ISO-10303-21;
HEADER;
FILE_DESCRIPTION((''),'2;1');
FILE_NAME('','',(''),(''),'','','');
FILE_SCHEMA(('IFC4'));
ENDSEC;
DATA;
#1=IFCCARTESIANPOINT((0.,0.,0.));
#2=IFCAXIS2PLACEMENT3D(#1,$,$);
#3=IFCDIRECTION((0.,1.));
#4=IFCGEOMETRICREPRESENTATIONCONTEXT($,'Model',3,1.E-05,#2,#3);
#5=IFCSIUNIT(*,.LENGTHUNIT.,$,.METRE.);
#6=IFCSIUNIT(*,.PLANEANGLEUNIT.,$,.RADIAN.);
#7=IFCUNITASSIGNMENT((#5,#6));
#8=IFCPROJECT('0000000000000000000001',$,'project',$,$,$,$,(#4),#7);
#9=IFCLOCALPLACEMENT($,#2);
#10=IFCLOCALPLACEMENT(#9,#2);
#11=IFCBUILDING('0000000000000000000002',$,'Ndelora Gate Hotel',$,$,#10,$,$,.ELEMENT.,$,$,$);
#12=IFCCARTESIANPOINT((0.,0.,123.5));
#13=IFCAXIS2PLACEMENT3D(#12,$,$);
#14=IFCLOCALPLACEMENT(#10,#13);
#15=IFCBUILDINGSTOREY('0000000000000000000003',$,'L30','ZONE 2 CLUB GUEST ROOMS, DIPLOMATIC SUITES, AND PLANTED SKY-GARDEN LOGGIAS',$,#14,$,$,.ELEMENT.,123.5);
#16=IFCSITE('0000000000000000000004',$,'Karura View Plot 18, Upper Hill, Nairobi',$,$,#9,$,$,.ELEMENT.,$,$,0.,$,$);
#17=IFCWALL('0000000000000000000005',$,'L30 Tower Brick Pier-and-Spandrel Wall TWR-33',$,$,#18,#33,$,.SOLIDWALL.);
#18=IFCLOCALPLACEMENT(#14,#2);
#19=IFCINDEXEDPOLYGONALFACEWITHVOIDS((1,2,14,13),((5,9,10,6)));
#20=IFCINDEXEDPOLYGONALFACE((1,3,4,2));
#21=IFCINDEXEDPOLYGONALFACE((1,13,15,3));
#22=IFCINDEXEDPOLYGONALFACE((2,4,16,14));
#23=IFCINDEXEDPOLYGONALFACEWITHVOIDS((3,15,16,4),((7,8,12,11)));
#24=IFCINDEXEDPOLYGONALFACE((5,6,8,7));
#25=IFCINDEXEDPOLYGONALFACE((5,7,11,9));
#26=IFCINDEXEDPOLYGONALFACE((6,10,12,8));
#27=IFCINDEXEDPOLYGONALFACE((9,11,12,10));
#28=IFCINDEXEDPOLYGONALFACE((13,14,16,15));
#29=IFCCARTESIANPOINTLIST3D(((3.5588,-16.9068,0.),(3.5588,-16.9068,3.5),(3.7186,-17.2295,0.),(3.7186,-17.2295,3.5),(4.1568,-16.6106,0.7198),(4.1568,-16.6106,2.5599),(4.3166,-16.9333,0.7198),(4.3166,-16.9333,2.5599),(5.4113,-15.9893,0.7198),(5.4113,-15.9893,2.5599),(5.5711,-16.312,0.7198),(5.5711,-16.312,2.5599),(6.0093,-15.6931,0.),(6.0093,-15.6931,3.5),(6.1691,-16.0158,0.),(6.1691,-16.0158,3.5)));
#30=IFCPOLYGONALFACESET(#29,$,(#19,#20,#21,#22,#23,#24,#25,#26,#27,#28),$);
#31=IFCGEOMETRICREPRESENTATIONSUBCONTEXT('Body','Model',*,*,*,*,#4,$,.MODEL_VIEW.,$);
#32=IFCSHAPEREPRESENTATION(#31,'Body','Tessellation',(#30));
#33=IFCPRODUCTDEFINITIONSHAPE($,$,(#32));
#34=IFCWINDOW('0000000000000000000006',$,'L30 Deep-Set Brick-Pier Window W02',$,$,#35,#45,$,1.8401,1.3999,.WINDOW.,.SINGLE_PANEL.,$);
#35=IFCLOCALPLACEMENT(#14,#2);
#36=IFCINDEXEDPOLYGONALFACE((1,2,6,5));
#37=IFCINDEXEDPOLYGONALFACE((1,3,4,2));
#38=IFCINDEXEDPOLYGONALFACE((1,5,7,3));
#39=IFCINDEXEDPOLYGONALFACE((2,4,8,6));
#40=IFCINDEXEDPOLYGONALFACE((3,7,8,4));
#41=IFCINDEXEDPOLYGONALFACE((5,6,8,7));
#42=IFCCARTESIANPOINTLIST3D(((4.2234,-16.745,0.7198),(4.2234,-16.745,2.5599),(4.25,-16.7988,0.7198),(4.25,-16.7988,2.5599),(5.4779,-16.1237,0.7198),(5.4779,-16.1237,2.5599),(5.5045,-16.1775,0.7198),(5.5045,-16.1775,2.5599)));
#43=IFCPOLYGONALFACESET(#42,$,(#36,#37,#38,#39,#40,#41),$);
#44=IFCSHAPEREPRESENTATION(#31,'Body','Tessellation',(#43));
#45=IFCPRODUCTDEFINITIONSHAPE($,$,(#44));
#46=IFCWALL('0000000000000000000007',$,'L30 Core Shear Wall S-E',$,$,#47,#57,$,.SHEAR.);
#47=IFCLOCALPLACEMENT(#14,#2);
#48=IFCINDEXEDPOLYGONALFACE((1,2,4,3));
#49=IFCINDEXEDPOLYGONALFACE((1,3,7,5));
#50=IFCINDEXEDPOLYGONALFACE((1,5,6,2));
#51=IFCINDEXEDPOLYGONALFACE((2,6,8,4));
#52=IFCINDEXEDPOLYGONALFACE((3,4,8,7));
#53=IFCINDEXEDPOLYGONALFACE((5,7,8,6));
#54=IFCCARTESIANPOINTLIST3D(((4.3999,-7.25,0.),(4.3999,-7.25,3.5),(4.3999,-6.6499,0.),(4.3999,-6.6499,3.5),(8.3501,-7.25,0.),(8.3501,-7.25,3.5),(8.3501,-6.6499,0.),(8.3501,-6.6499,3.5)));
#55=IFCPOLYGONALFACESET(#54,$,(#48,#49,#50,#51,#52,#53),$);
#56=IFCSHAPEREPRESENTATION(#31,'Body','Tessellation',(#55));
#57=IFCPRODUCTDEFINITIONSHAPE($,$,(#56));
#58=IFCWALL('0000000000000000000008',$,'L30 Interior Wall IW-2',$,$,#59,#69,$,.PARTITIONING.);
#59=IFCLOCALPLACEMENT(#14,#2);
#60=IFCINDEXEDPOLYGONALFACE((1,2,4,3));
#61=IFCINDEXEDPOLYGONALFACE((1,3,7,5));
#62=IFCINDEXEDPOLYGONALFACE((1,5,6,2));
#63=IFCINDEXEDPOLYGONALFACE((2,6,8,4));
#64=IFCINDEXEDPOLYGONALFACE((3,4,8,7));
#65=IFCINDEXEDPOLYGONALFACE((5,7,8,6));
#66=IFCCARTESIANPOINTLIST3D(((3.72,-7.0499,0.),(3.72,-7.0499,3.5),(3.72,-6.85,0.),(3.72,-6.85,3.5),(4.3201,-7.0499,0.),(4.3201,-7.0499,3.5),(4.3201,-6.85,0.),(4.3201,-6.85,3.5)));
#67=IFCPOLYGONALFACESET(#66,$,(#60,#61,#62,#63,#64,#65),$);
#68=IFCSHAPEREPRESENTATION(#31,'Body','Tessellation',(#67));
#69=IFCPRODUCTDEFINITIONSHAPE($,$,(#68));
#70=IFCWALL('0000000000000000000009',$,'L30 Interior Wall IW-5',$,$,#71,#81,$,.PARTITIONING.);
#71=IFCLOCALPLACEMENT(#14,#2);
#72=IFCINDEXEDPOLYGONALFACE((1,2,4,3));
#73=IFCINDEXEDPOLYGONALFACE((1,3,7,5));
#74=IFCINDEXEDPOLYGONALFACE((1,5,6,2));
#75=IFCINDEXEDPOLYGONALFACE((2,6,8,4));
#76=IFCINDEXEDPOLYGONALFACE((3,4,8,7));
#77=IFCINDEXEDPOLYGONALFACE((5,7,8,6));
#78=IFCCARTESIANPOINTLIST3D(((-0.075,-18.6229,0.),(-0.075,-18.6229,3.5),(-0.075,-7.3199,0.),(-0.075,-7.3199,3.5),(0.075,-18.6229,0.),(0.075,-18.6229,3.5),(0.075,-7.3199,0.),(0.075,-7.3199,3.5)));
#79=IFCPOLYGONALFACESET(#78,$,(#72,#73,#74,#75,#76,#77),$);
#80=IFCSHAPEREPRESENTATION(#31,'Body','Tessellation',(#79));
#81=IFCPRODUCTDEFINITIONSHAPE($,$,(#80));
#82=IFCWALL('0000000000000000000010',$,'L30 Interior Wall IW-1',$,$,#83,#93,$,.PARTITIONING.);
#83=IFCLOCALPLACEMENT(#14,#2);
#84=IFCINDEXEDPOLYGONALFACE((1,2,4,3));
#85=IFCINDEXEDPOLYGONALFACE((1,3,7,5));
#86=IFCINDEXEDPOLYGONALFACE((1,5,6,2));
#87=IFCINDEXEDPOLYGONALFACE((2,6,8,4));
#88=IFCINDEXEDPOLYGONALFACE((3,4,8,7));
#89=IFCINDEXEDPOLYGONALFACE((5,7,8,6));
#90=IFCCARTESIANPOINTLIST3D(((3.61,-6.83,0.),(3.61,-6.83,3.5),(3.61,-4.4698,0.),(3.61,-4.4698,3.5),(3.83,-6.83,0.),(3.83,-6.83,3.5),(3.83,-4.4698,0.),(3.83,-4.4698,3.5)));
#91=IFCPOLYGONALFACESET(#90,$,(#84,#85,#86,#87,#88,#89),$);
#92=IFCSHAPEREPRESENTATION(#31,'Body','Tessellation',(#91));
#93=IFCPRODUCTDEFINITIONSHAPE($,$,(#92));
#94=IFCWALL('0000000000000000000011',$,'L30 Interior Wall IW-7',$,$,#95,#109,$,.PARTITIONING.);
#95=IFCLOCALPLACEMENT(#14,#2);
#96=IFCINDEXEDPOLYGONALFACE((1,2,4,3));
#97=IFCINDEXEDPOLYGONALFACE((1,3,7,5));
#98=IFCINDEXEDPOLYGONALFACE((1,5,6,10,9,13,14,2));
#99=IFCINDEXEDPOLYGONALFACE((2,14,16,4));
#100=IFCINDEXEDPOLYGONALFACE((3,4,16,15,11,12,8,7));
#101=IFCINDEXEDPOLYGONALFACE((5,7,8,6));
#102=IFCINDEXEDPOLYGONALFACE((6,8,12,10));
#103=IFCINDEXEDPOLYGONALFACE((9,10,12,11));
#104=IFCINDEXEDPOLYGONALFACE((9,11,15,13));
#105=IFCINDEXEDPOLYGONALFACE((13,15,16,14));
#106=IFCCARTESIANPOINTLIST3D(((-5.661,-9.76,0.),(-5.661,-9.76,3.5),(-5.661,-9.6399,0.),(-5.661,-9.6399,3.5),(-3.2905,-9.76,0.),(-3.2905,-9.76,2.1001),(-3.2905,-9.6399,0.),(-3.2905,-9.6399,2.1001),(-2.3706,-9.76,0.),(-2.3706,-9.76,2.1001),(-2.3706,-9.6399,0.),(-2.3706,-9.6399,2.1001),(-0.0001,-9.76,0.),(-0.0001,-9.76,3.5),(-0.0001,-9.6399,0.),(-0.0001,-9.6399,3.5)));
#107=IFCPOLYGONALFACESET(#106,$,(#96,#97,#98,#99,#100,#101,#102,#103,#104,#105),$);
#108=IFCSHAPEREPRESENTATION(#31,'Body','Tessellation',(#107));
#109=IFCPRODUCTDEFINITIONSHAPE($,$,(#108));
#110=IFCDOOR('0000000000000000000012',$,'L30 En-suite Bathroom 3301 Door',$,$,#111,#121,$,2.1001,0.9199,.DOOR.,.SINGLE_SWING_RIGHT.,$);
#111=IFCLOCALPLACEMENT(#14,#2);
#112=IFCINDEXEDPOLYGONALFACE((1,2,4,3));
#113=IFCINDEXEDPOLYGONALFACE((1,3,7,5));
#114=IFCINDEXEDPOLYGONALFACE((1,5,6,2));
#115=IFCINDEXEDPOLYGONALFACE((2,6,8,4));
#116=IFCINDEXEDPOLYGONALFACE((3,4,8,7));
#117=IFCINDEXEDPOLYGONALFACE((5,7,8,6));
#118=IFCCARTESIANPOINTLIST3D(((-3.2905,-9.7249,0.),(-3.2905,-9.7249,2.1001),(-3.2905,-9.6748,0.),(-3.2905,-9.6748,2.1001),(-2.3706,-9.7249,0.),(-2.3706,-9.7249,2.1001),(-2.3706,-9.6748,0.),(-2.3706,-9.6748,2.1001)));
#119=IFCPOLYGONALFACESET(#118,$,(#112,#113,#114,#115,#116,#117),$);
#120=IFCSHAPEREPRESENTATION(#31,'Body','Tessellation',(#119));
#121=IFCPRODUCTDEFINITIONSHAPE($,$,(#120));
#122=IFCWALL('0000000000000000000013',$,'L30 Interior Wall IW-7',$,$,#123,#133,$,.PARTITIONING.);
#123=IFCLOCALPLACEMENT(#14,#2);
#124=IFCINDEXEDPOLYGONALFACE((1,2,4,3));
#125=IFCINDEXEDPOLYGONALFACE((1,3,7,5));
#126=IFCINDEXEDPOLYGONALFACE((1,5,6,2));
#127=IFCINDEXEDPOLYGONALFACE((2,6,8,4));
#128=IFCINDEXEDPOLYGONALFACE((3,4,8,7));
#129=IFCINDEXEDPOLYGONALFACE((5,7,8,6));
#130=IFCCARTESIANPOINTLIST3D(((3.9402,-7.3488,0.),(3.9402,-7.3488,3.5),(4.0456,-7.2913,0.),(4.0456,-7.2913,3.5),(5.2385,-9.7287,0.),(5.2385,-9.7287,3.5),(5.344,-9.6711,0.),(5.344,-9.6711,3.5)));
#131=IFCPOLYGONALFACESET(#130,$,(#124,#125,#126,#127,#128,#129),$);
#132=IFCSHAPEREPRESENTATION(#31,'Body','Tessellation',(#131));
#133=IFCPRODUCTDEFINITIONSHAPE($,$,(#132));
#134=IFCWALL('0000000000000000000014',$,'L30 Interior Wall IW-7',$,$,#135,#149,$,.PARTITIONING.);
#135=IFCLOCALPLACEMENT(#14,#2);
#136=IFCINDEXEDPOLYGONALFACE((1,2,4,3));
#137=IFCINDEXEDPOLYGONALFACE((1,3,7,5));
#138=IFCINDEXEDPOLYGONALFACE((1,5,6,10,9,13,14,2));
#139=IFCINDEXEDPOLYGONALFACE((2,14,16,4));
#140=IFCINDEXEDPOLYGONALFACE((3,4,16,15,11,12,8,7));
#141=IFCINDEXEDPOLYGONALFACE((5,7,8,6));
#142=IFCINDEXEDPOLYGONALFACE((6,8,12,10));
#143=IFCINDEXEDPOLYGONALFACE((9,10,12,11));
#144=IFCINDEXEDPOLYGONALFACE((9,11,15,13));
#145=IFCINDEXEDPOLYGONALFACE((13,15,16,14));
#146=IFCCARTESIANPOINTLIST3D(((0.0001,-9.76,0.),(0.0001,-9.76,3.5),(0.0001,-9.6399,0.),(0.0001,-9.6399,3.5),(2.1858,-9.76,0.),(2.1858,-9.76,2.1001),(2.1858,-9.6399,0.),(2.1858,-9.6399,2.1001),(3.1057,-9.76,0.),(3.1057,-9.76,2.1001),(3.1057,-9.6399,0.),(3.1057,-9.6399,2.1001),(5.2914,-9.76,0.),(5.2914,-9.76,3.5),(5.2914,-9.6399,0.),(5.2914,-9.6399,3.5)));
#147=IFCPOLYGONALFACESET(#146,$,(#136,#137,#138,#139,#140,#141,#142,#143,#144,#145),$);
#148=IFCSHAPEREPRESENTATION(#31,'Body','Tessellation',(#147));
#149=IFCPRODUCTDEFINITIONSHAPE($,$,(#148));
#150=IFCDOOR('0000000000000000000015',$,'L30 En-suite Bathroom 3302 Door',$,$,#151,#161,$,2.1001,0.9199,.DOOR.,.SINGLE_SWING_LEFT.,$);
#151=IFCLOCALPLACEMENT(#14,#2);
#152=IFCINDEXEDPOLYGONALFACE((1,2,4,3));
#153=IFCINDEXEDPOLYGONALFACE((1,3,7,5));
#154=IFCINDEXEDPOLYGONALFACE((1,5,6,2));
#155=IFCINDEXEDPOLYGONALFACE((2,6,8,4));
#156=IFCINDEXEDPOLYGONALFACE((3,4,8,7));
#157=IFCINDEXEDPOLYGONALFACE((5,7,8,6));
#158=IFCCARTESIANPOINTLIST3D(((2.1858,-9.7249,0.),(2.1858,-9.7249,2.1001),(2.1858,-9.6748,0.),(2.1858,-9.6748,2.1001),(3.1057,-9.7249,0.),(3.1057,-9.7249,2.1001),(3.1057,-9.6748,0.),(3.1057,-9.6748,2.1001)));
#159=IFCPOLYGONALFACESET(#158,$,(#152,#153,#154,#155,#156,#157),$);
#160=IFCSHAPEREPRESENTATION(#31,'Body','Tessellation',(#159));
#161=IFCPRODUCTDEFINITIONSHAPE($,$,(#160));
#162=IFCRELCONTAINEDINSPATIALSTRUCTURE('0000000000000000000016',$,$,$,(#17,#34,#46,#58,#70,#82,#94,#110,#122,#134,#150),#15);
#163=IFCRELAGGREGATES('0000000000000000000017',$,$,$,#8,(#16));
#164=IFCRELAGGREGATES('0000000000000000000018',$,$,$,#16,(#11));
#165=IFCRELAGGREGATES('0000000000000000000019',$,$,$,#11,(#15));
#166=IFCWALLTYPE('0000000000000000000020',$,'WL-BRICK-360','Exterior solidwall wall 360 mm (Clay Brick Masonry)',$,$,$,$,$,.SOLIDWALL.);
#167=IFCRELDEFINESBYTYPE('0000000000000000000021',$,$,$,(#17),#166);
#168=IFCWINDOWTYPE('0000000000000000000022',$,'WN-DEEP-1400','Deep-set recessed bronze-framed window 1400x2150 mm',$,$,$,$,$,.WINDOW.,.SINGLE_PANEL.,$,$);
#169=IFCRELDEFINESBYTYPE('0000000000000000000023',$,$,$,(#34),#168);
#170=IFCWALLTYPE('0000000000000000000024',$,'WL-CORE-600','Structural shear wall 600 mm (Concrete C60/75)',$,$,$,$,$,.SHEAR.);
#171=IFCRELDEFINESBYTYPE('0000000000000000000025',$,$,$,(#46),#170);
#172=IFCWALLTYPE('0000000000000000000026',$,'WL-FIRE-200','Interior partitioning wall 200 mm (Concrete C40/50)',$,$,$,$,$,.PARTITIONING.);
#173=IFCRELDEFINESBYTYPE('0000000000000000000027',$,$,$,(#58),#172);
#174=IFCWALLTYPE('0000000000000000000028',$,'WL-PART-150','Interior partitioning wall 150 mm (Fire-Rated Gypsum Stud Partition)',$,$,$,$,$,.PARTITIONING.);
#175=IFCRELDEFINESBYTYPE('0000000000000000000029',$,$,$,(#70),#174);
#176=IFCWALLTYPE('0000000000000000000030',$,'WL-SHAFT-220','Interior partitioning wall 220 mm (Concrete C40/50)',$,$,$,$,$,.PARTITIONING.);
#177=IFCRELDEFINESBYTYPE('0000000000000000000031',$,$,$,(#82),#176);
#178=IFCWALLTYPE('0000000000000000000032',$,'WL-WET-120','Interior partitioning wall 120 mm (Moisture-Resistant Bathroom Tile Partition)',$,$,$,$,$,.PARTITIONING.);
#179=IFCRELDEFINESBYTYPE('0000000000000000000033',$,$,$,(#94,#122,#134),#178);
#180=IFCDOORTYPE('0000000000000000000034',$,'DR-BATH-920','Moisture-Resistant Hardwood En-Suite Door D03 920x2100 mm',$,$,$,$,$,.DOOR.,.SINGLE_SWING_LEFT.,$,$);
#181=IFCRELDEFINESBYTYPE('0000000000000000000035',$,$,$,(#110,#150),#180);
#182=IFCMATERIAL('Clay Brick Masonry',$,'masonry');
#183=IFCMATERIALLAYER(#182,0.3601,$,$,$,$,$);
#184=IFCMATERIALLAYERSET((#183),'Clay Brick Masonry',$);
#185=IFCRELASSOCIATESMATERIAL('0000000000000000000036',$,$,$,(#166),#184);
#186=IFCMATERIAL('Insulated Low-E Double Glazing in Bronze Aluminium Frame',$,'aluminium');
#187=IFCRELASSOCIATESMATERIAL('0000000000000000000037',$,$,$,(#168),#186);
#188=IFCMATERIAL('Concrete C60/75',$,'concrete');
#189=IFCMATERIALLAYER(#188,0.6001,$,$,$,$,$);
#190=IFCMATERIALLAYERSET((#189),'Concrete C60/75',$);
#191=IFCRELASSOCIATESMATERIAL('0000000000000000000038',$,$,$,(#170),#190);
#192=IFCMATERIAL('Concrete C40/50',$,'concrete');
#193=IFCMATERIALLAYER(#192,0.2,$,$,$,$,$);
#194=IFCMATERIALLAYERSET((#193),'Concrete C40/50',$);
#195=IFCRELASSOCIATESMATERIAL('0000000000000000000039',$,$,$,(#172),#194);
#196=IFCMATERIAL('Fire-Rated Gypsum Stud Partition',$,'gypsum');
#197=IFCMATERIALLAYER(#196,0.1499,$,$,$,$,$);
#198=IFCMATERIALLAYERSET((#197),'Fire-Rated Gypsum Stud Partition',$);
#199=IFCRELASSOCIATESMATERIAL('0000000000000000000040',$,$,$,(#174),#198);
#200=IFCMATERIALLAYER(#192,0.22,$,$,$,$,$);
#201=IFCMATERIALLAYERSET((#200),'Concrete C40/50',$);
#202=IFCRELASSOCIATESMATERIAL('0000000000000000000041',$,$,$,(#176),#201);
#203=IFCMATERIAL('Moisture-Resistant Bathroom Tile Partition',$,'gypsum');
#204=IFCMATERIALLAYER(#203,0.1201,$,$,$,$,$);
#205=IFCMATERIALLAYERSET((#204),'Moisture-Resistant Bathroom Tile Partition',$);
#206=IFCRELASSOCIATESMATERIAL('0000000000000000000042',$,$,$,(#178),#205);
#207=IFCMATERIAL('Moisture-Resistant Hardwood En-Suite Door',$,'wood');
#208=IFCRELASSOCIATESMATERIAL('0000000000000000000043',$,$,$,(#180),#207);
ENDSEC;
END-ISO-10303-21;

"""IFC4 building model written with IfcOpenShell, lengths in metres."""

from ifc_helpers import new_model, si_unit, direction, frame, frame_2d, origin, place, context, subcontext, project, spatial, rectangle, extrude, material, layer, layer_set, type_object, element, fill, save


model = new_model("IFC4")

# Units and contexts
model_context = context("Model", 3, precision=1e-05, world=origin(), true_north=direction((0.0, 1.0)))
body_context = subcontext(model_context, "Body", "Model", "MODEL_VIEW")
ifc_project = project(units=[si_unit("LENGTHUNIT", "METRE"), si_unit("PLANEANGLEUNIT", "RADIAN")], contexts=[model_context])

# Site, building, storey
site_placement = place(None, origin())
site = spatial("IfcSite", under=ifc_project, at=site_placement, Name="Karura View Plot 18, Upper Hill, Nairobi", CompositionType="ELEMENT", RefElevation=0.0)
building_placement = place(site_placement, origin())
building = spatial("IfcBuilding", under=site, at=building_placement, Name="Ndelora Gate Hotel", CompositionType="ELEMENT")
storey_placement = place(building_placement, frame((0.0, 0.0, 123.5)))
storey = spatial("IfcBuildingStorey", under=building, at=storey_placement, Name="L30", Description="ZONE 2 CLUB GUEST ROOMS, DIPLOMATIC SUITES, AND PLANTED SKY-GARDEN LOGGIAS", CompositionType="ELEMENT", Elevation=123.5)

# Shared definitions
ifc_material_1 = material(Name="Concrete C60/75", Category="concrete")

# Shared definitions
ifc_material_2 = material(Name="Clay Brick Masonry", Category="masonry")
ifc_layer_1 = layer(ifc_material_2, 0.3601)
ifc_layer_set_1 = layer_set([ifc_layer_1], Name="Clay Brick Masonry")
wall_type_1 = type_object("IfcWallType", Name="WL-BRICK-360", Description="Exterior solidwall wall 360 mm (Clay Brick Masonry)", PredefinedType="SOLIDWALL", material=ifc_layer_set_1)

# Wall, opening, window
ifc_material_3 = material(Name="Insulated Low-E Double Glazing in Bronze Aluminium Frame", Category="aluminium")
window_type = type_object("IfcWindowType", Name="WN-DEEP-1400", Description="Deep-set recessed bronze-framed window 1400x2150 mm", PartitioningType="SINGLE_PANEL", PredefinedType="WINDOW", material=ifc_material_3)
wall_1_placement = place(storey_placement, frame((6.0891, -15.8545, 0.0), z_axis=(0.0, 0.0, 1.0), x_axis=(-0.896117, -0.443818, 0.0)))
wall_1 = element("IfcWall", 1, at=wall_1_placement, inside=storey, type_object=wall_type_1, Name="L30 Tower Brick Pier-and-Spandrel Wall TWR-33", PredefinedType="SOLIDWALL", context=body_context, shape_type="SweptSolid", body=[
    extrude(rectangle(XDim=2.7346, YDim=0.3601, at=frame_2d((1.3672, 0.0))), origin(), (0.0, 0.0, 1.0), 3.5),
])
opening_1_placement = place(wall_1_placement, frame((0.6672, 0.0, 0.72)))
opening_1 = element("IfcOpeningElement", 2, at=opening_1_placement, cuts=wall_1, PredefinedType="OPENING", context=body_context, shape_type="SweptSolid", body=[
    extrude(rectangle(XDim=1.3999, YDim=1.8401, at=frame_2d((0.7, 0.9199))), frame((0.0, 0.1899, 0.0), z_axis=(0.0, -1.0, 0.0), x_axis=(1.0, 0.0, 0.0)), (0.0, 0.0, 1.0), 0.3801),
])
window_1_placement = place(opening_1_placement, origin())
window_1 = element("IfcWindow", 3, at=window_1_placement, inside=storey, type_object=window_type, Name="L30 Deep-Set Brick-Pier Window W02", OverallHeight=1.8401, OverallWidth=1.3999, PartitioningType="SINGLE_PANEL", PredefinedType="WINDOW", context=body_context, shape_type="SweptSolid", body=[
    extrude(rectangle(XDim=1.3999, YDim=1.8401, at=frame_2d((0.7, 0.9199))), frame((0.0, 0.03, 0.0), z_axis=(0.0, -1.0, 0.0), x_axis=(1.0, 0.0, 0.0)), (0.0, 0.0, 1.0), 0.0601),
])
fill(opening_1, window_1)

# Walls
ifc_layer_2 = layer(ifc_material_1, 0.6001)
ifc_layer_set_2 = layer_set([ifc_layer_2], Name="Concrete C60/75")
wall_type_2 = type_object("IfcWallType", Name="WL-CORE-600", Description="Structural shear wall 600 mm (Concrete C60/75)", PredefinedType="SHEAR", material=ifc_layer_set_2)
wall_2_placement = place(storey_placement, frame((4.3999, -6.95, 0.0), z_axis=(0.0, 0.0, 1.0), x_axis=(1.0, 0.0, 0.0)))
element("IfcWall", 4, at=wall_2_placement, inside=storey, type_object=wall_type_2, Name="L30 Core Shear Wall S-E", PredefinedType="SHEAR", context=body_context, shape_type="SweptSolid", body=[
    extrude(rectangle(XDim=3.9502, YDim=0.6001, at=frame_2d((1.9751, 0.0))), origin(), (0.0, 0.0, 1.0), 3.5),
])
ifc_material_4 = material(Name="Concrete C40/50", Category="concrete")
ifc_layer_3 = layer(ifc_material_4, 0.2)
ifc_layer_set_3 = layer_set([ifc_layer_3], Name="Concrete C40/50")
wall_type_3 = type_object("IfcWallType", Name="WL-FIRE-200", Description="Interior partitioning wall 200 mm (Concrete C40/50)", PredefinedType="PARTITIONING", material=ifc_layer_set_3)
wall_3_placement = place(storey_placement, frame((3.72, -6.95, 0.0), z_axis=(0.0, 0.0, 1.0), x_axis=(1.0, 0.0, 0.0)))
element("IfcWall", 5, at=wall_3_placement, inside=storey, type_object=wall_type_3, Name="L30 Interior Wall IW-2", PredefinedType="PARTITIONING", context=body_context, shape_type="SweptSolid", body=[
    extrude(rectangle(XDim=0.6001, YDim=0.2, at=frame_2d((0.3, 0.0))), origin(), (0.0, 0.0, 1.0), 3.5),
])
ifc_material_5 = material(Name="Fire-Rated Gypsum Stud Partition", Category="gypsum")
ifc_layer_4 = layer(ifc_material_5, 0.1499)
ifc_layer_set_4 = layer_set([ifc_layer_4], Name="Fire-Rated Gypsum Stud Partition")
wall_type_4 = type_object("IfcWallType", Name="WL-PART-150", Description="Interior partitioning wall 150 mm (Fire-Rated Gypsum Stud Partition)", PredefinedType="PARTITIONING", material=ifc_layer_set_4)
wall_4_placement = place(storey_placement, frame((0.0, -7.3201, 0.0), z_axis=(0.0, 0.0, 1.0), x_axis=(0.0, -1.0, 0.0)))
element("IfcWall", 6, at=wall_4_placement, inside=storey, type_object=wall_type_4, Name="L30 Interior Wall IW-5", PredefinedType="PARTITIONING", context=body_context, shape_type="SweptSolid", body=[
    extrude(rectangle(XDim=11.303, YDim=0.1499, at=frame_2d((5.6514, 0.0))), origin(), (0.0, 0.0, 1.0), 3.5),
])

# Shared definitions
ifc_layer_5 = layer(ifc_material_4, 0.22)
ifc_layer_set_5 = layer_set([ifc_layer_5], Name="Concrete C40/50")
wall_type_5 = type_object("IfcWallType", Name="WL-SHAFT-220", Description="Interior partitioning wall 220 mm (Concrete C40/50)", PredefinedType="PARTITIONING", material=ifc_layer_set_5)

# Wall
wall_5_placement = place(storey_placement, frame((3.72, -6.8301, 0.0), z_axis=(0.0, 0.0, 1.0), x_axis=(0.0, 1.0, 0.0)))
element("IfcWall", 7, at=wall_5_placement, inside=storey, type_object=wall_type_5, Name="L30 Interior Wall IW-1", PredefinedType="PARTITIONING", context=body_context, shape_type="SweptSolid", body=[
    extrude(rectangle(XDim=2.3601, YDim=0.22, at=frame_2d((1.1802, 0.0))), origin(), (0.0, 0.0, 1.0), 3.5),
])

# Wall, opening, door
ifc_material_6 = material(Name="Moisture-Resistant Bathroom Tile Partition", Category="gypsum")
ifc_layer_6 = layer(ifc_material_6, 0.1201)
ifc_layer_set_6 = layer_set([ifc_layer_6], Name="Moisture-Resistant Bathroom Tile Partition")
wall_type_6 = type_object("IfcWallType", Name="WL-WET-120", Description="Interior partitioning wall 120 mm (Moisture-Resistant Bathroom Tile Partition)", PredefinedType="PARTITIONING", material=ifc_layer_set_6)
wall_6_placement = place(storey_placement, frame((0.0, -9.7, 0.0), z_axis=(0.0, 0.0, 1.0), x_axis=(-1.0, 0.0, 0.0)))
wall_6 = element("IfcWall", 8, at=wall_6_placement, inside=storey, type_object=wall_type_6, Name="L30 Interior Wall IW-7", PredefinedType="PARTITIONING", context=body_context, shape_type="SweptSolid", body=[
    extrude(rectangle(XDim=5.6609, YDim=0.1201, at=frame_2d((2.8306, 0.0))), origin(), (0.0, 0.0, 1.0), 3.5),
])
opening_2_placement = place(wall_6_placement, frame((2.3706, 0.0, 0.0)))
opening_2 = element("IfcOpeningElement", 9, at=opening_2_placement, cuts=wall_6, PredefinedType="OPENING", context=body_context, shape_type="SweptSolid", body=[
    extrude(rectangle(XDim=0.9199, YDim=2.1001, at=frame_2d((0.46, 1.05))), frame((0.0, 0.0701, 0.0), z_axis=(0.0, -1.0, 0.0), x_axis=(1.0, 0.0, 0.0)), (0.0, 0.0, 1.0), 0.1401),
])
ifc_material_7 = material(Name="Moisture-Resistant Hardwood En-Suite Door", Category="wood")
door_type_1 = type_object("IfcDoorType", Name="DR-BATH-920", Description="Moisture-Resistant Hardwood En-Suite Door D03 920x2100 mm", OperationType="SINGLE_SWING_LEFT", PredefinedType="DOOR", material=ifc_material_7)
door_1_placement = place(opening_2_placement, origin())
door_1 = element("IfcDoor", 10, at=door_1_placement, inside=storey, type_object=door_type_1, Name="L30 En-suite Bathroom 3301 Door", OperationType="SINGLE_SWING_RIGHT", OverallHeight=2.1001, OverallWidth=0.9199, PredefinedType="DOOR", context=body_context, shape_type="SweptSolid", body=[
    extrude(rectangle(XDim=0.9199, YDim=2.1001, at=frame_2d((0.46, 1.05))), frame((0.0, 0.0249, 0.0), z_axis=(0.0, -1.0, 0.0), x_axis=(1.0, 0.0, 0.0)), (0.0, 0.0, 1.0), 0.05),
])
fill(opening_2, door_1)

# Wall
wall_7_placement = place(storey_placement, frame((3.9929, -7.3201, 0.0), z_axis=(0.0, 0.0, 1.0), x_axis=(0.478915, -0.877861, 0.0)))
element("IfcWall", 11, at=wall_7_placement, inside=storey, type_object=wall_type_6, Name="L30 Interior Wall IW-7", PredefinedType="PARTITIONING", context=body_context, shape_type="SweptSolid", body=[
    extrude(rectangle(XDim=2.7109, YDim=0.1201, at=frame_2d((1.3555, 0.0))), origin(), (0.0, 0.0, 1.0), 3.5),
])

# Wall, opening, door
wall_8_placement = place(storey_placement, frame((5.2913, -9.7, 0.0), z_axis=(0.0, 0.0, 1.0), x_axis=(-1.0, 0.0, 0.0)))
wall_8 = element("IfcWall", 12, at=wall_8_placement, inside=storey, type_object=wall_type_6, Name="L30 Interior Wall IW-7", PredefinedType="PARTITIONING", context=body_context, shape_type="SweptSolid", body=[
    extrude(rectangle(XDim=5.2913, YDim=0.1201, at=frame_2d((2.6455, 0.0))), origin(), (0.0, 0.0, 1.0), 3.5),
])
opening_3_placement = place(wall_8_placement, frame((2.1855, 0.0, 0.0)))
opening_3 = element("IfcOpeningElement", 13, at=opening_3_placement, cuts=wall_8, PredefinedType="OPENING", context=body_context, shape_type="SweptSolid", body=[
    extrude(rectangle(XDim=0.9199, YDim=2.1001, at=frame_2d((0.46, 1.05))), frame((0.0, 0.0701, 0.0), z_axis=(0.0, -1.0, 0.0), x_axis=(1.0, 0.0, 0.0)), (0.0, 0.0, 1.0), 0.1401),
])
door_2_placement = place(opening_3_placement, origin())
door_2 = element("IfcDoor", 14, at=door_2_placement, inside=storey, type_object=door_type_1, Name="L30 En-suite Bathroom 3302 Door", OperationType="SINGLE_SWING_LEFT", OverallHeight=2.1001, OverallWidth=0.9199, PredefinedType="DOOR", context=body_context, shape_type="SweptSolid", body=[
    extrude(rectangle(XDim=0.9199, YDim=2.1001, at=frame_2d((0.46, 1.05))), frame((0.0, 0.0249, 0.0), z_axis=(0.0, -1.0, 0.0), x_axis=(1.0, 0.0, 0.0)), (0.0, 0.0, 1.0), 0.05),
])
fill(opening_3, door_2)

save(model, "model.ifc")
